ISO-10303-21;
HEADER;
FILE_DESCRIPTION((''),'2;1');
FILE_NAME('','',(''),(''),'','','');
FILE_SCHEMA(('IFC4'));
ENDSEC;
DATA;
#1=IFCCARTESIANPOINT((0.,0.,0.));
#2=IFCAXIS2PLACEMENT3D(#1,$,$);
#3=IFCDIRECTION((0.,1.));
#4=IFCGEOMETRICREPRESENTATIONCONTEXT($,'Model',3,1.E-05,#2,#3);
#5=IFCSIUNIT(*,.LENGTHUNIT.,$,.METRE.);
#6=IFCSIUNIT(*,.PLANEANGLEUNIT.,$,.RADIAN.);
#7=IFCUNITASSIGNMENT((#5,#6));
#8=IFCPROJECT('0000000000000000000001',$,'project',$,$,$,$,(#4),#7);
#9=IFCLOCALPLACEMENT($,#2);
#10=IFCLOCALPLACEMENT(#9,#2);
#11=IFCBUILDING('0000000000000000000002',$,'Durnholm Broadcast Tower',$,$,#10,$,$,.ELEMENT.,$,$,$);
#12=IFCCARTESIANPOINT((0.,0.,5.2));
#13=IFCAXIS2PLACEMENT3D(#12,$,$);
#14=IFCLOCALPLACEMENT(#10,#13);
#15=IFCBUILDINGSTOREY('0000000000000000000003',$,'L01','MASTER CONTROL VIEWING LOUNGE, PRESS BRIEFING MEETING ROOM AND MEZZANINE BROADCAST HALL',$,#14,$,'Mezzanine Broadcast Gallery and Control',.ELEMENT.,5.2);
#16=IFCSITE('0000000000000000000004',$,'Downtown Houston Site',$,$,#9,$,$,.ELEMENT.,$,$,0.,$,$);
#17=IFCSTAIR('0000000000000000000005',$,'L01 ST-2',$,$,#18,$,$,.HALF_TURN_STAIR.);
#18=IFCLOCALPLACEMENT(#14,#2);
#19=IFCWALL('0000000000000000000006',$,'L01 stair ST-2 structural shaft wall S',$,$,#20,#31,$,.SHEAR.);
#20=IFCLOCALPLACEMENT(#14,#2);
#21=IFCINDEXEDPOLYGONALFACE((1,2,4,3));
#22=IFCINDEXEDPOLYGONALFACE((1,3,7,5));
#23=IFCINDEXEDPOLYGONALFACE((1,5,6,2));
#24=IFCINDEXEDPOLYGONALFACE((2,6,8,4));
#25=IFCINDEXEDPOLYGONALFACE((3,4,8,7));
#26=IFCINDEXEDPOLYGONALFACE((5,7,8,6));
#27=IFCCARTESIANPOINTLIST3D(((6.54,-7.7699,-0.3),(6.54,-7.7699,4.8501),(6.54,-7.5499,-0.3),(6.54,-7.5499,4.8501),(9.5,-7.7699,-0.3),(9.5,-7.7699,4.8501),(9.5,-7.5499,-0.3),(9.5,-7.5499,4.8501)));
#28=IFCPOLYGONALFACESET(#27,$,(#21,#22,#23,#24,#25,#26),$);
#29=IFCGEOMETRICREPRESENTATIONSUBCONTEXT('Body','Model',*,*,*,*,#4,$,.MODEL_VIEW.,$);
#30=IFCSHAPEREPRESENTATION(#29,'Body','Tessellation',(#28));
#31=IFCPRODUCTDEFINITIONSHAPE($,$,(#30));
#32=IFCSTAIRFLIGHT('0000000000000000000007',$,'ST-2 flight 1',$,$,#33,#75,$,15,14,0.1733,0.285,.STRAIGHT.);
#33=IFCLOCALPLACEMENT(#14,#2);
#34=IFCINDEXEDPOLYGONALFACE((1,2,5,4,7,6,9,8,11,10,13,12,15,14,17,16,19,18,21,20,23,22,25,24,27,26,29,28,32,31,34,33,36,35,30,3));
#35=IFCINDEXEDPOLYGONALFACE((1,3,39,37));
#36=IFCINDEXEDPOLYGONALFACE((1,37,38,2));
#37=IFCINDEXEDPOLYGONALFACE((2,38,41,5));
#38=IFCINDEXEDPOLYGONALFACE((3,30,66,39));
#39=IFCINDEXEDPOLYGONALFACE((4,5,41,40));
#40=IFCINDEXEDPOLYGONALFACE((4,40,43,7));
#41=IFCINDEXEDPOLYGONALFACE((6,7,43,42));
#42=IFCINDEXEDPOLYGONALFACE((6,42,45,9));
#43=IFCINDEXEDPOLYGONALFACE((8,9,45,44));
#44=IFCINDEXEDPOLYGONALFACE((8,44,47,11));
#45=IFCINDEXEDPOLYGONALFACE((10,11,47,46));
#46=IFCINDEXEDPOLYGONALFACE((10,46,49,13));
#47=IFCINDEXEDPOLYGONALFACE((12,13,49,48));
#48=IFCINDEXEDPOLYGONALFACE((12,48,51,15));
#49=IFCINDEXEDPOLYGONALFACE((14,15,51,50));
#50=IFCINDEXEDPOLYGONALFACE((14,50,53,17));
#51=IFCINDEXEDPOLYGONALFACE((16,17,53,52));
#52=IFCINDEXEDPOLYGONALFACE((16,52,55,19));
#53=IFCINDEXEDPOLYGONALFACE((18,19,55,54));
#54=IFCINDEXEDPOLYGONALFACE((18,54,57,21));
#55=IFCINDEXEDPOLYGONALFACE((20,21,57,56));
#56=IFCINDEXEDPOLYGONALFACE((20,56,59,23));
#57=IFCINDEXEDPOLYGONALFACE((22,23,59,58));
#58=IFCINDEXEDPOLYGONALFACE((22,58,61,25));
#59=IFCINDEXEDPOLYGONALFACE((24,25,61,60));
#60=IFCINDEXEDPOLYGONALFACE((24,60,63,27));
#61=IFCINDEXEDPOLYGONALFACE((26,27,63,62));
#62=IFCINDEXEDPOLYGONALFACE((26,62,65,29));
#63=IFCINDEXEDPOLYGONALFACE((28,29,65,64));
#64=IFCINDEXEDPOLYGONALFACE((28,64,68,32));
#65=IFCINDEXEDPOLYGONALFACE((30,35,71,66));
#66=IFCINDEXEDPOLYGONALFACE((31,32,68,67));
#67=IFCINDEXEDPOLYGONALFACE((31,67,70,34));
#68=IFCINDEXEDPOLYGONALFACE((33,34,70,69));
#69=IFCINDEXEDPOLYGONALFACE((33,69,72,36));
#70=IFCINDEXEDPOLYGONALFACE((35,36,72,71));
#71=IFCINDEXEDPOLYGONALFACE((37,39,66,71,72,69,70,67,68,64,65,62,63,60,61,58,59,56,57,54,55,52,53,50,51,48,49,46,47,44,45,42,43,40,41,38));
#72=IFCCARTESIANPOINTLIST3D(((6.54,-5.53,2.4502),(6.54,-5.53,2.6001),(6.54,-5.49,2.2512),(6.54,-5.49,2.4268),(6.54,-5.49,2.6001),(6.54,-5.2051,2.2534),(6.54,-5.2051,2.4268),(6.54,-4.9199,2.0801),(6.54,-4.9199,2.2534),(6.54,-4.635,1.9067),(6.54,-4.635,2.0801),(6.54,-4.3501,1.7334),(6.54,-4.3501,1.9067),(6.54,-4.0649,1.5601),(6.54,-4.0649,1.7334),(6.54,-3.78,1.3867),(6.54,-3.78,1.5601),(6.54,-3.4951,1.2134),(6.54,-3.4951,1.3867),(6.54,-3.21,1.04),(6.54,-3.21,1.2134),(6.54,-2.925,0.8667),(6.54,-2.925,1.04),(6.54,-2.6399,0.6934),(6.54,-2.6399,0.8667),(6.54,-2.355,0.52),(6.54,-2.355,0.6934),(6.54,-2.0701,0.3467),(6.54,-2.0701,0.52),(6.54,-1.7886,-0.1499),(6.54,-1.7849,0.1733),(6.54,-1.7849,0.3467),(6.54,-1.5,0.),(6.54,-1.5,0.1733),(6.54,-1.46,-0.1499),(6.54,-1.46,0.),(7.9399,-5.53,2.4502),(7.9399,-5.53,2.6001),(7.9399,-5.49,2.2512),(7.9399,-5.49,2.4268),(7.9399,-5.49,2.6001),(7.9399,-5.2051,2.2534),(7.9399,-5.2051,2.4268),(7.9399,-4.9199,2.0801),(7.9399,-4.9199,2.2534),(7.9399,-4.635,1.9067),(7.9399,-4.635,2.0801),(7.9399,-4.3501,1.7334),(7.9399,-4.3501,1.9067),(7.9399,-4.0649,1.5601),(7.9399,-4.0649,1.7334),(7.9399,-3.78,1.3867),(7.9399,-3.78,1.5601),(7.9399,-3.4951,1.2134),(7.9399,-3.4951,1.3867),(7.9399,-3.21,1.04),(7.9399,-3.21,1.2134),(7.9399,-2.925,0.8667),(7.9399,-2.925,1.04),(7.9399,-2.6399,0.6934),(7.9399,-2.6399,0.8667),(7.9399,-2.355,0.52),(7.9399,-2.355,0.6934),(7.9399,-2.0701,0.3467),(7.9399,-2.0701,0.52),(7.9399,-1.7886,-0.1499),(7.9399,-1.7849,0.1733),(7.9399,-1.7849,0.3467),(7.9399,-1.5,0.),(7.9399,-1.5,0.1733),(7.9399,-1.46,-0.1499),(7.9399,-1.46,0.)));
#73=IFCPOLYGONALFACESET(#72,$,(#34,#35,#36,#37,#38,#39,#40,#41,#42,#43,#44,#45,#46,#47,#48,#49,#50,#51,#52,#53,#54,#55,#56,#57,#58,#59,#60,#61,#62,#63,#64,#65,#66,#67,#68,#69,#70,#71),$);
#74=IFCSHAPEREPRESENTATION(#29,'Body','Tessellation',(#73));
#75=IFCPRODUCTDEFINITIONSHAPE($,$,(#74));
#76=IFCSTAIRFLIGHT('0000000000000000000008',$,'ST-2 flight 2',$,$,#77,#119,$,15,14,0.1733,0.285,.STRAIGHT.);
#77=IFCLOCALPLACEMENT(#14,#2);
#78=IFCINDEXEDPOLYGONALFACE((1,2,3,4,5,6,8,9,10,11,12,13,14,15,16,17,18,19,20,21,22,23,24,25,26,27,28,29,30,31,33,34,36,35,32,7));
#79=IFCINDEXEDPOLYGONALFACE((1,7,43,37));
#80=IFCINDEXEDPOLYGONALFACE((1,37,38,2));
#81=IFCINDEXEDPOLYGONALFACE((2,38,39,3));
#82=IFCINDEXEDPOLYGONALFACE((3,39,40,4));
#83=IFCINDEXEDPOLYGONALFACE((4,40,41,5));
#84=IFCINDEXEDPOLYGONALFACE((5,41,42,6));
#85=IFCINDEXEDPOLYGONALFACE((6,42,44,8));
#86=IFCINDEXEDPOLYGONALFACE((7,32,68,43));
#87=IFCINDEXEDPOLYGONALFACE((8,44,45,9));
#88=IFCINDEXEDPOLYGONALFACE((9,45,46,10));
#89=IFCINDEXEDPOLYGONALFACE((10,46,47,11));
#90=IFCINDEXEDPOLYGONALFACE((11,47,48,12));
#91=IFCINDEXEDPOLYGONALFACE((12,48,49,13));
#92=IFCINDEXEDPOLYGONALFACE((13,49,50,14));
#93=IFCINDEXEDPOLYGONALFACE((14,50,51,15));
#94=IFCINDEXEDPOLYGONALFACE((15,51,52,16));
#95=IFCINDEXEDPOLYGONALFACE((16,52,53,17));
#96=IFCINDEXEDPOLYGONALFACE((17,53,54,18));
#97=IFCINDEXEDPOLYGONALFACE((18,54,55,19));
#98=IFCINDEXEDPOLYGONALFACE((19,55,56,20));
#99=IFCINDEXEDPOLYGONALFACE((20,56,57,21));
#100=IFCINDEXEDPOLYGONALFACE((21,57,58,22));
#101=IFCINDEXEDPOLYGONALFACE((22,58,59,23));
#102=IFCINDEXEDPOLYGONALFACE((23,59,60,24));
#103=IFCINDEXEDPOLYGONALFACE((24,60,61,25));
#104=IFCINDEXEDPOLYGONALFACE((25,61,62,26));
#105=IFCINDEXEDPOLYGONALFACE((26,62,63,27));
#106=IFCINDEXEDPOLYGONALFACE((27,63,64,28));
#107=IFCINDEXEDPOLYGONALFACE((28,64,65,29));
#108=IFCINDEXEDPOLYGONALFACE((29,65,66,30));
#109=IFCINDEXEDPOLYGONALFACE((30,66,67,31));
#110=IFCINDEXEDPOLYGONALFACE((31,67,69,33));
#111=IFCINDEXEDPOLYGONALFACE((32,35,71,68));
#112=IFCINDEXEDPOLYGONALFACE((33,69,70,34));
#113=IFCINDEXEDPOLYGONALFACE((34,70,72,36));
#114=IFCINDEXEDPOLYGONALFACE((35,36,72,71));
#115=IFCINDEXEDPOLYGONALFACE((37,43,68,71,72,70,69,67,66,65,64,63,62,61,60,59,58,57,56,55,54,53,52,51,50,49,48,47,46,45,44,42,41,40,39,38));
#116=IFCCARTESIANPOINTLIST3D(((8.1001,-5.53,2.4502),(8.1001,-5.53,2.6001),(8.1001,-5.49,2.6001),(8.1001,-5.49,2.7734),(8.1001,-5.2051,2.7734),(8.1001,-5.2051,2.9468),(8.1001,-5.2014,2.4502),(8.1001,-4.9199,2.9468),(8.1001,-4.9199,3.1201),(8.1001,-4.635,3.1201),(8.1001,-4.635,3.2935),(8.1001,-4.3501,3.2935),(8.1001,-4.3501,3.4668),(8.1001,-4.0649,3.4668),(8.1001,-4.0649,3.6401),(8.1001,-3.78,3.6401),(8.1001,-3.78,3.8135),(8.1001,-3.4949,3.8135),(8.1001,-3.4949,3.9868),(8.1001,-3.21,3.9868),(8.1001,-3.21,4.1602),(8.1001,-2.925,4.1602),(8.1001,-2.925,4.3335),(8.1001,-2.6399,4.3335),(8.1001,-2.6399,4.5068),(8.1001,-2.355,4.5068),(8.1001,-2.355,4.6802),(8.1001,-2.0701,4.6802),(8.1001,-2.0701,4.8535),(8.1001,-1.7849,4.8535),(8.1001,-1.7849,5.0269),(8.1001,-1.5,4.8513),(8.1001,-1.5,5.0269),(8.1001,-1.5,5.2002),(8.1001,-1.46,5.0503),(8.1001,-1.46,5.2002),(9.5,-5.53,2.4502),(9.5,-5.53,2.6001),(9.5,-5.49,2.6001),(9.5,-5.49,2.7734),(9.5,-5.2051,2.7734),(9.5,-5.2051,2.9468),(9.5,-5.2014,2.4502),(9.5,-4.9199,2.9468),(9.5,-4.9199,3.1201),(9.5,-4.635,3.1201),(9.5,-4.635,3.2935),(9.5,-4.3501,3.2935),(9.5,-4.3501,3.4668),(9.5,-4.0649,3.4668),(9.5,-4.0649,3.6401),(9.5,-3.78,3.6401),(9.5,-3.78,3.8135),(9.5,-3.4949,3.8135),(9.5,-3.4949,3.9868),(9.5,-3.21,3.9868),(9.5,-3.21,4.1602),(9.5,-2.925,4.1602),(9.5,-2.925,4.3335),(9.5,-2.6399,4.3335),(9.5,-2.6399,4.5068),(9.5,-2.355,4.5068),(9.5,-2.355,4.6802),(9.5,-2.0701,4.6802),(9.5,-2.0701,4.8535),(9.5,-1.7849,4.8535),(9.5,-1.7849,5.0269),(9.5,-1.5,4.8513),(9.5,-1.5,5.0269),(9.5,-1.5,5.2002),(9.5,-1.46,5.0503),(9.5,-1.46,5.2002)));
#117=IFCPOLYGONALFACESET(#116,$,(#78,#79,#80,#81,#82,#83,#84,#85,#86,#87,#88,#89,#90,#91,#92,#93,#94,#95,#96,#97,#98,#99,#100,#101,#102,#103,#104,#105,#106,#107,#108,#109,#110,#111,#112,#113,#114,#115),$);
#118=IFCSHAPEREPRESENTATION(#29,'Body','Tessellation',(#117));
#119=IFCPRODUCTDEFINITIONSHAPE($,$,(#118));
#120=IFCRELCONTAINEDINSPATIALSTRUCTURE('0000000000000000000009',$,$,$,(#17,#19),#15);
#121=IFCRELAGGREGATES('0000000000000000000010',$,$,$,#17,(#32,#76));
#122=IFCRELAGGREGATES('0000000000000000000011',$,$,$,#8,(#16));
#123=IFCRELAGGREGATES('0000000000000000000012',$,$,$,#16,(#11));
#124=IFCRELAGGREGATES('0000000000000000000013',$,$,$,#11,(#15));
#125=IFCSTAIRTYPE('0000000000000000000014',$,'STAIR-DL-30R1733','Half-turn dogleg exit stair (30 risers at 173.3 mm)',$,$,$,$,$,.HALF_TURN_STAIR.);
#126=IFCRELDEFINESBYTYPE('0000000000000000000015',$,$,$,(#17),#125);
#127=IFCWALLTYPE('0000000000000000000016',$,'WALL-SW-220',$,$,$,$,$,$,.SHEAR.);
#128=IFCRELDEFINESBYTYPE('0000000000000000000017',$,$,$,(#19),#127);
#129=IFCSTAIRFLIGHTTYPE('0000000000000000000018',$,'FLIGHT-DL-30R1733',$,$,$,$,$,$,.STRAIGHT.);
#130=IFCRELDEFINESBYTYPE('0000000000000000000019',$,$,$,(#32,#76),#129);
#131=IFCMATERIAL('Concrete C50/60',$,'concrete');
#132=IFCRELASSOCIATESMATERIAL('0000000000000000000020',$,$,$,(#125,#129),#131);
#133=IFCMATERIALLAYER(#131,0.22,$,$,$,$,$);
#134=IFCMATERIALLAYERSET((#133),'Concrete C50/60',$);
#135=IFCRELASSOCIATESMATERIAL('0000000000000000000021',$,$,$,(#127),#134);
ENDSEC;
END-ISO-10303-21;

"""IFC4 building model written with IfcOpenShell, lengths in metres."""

from ifc_helpers import new_model, si_unit, direction, frame, frame_2d, origin, place, context, subcontext, project, spatial, polyline, rectangle, outline, extrude, material, layer, layer_set, type_object, element, aggregate, save


model = new_model("IFC4")

# Units and contexts
model_context = context("Model", 3, precision=1e-05, world=origin(), true_north=direction((0.0, 1.0)))
body_context = subcontext(model_context, "Body", "Model", "MODEL_VIEW")
ifc_project = project(units=[si_unit("LENGTHUNIT", "METRE"), si_unit("PLANEANGLEUNIT", "RADIAN")], contexts=[model_context])

# Site, building, storey
site_placement = place(None, origin())
site = spatial("IfcSite", under=ifc_project, at=site_placement, Name="Downtown Houston Site", CompositionType="ELEMENT", RefElevation=0.0)
building_placement = place(site_placement, origin())
building = spatial("IfcBuilding", under=site, at=building_placement, Name="Durnholm Broadcast Tower", CompositionType="ELEMENT")
storey_placement = place(building_placement, frame((0.0, 0.0, 5.2)))
storey = spatial("IfcBuildingStorey", under=building, at=storey_placement, Name="L01", Description="MASTER CONTROL VIEWING LOUNGE, PRESS BRIEFING MEETING ROOM AND MEZZANINE BROADCAST HALL", LongName="Mezzanine Broadcast Gallery and Control", CompositionType="ELEMENT", Elevation=5.2)

# Shared definitions
ifc_material_1 = material(Name="Concrete C50/60", Category="concrete")

# Stair
stair_type = type_object("IfcStairType", Name="STAIR-DL-30R1733", Description="Half-turn dogleg exit stair (30 risers at 173.3 mm)", PredefinedType="HALF_TURN_STAIR", material=ifc_material_1)
stair_1_placement = place(storey_placement, origin())
stair_1 = element("IfcStair", 1, at=stair_1_placement, inside=storey, type_object=stair_type, Name="L01 ST-2", PredefinedType="HALF_TURN_STAIR")

# Wall
ifc_layer_1 = layer(ifc_material_1, 0.22)
ifc_layer_set_1 = layer_set([ifc_layer_1], Name="Concrete C50/60")
wall_type_1 = type_object("IfcWallType", Name="WALL-SW-220", PredefinedType="SHEAR", material=ifc_layer_set_1)
wall_1_placement = place(storey_placement, frame((6.54, -7.6599, -0.3), z_axis=(0.0, 0.0, 1.0), x_axis=(1.0, 0.0, 0.0)))
element("IfcWall", 2, at=wall_1_placement, inside=storey, type_object=wall_type_1, Name="L01 stair ST-2 structural shaft wall S", PredefinedType="SHEAR", context=body_context, shape_type="SweptSolid", body=[
    extrude(rectangle(XDim=2.96, YDim=0.22, at=frame_2d((1.48, 0.0))), origin(), (0.0, 0.0, 1.0), 5.1501),
])

# Stair flights
stair_flight_type = type_object("IfcStairFlightType", Name="FLIGHT-DL-30R1733", PredefinedType="STRAIGHT", material=ifc_material_1)
stair_flight_1_placement = place(storey_placement, frame((7.24, -1.5, 0.0), z_axis=(0.0, 0.0, 1.0), x_axis=(0.0, -1.0, 0.0)))
stair_flight_1 = element("IfcStairFlight", 3, at=stair_flight_1_placement, type_object=stair_flight_type, Name="ST-2 flight 1", NumberOfRisers=15, NumberOfTreads=14, PredefinedType="STRAIGHT", RiserHeight=0.1733, TreadLength=0.285, context=body_context, shape_type="SweptSolid", body=[
    extrude(outline(polyline([(-0.04, -0.1499), (-0.04, 0.0), (0.0, 0.0), (0.0, 0.1733), (0.2849, 0.1733), (0.2849, 0.3467), (0.5701, 0.3467), (0.5701, 0.52), (0.855, 0.52), (0.855, 0.6934), (1.1399, 0.6934), (1.1399, 0.8667), (1.425, 0.8667), (1.425, 1.04), (1.71, 1.04), (1.71, 1.2134), (1.9951, 1.2134), (1.9951, 1.3867), (2.28, 1.3867), (2.28, 1.5601), (2.5649, 1.5601), (2.5649, 1.7334), (2.8501, 1.7334), (2.8501, 1.9067), (3.135, 1.9067), (3.135, 2.0801), (3.4199, 2.0801), (3.4199, 2.2534), (3.7051, 2.2534), (3.7051, 2.4268), (3.99, 2.4268), (3.99, 2.6001), (4.03, 2.6001), (4.03, 2.4502), (3.99, 2.2512), (0.2886, -0.1499), (-0.04, -0.1499)])), frame((0.0, 0.7, 0.0), z_axis=(0.0, -1.0, 0.0), x_axis=(1.0, 0.0, 0.0)), (0.0, 0.0, 1.0), 1.3999),
])
stair_flight_2_placement = place(storey_placement, frame((8.8, -5.49, 2.6001), z_axis=(0.0, 0.0, 1.0), x_axis=(0.0, 1.0, 0.0)))
stair_flight_2 = element("IfcStairFlight", 4, at=stair_flight_2_placement, type_object=stair_flight_type, Name="ST-2 flight 2", NumberOfRisers=15, NumberOfTreads=14, PredefinedType="STRAIGHT", RiserHeight=0.1733, TreadLength=0.285, context=body_context, shape_type="SweptSolid", body=[
    extrude(outline(polyline([(-0.04, -0.1499), (-0.04, 0.0), (0.0, 0.0), (0.0, 0.1733), (0.2849, 0.1733), (0.2849, 0.3467), (0.5701, 0.3467), (0.5701, 0.52), (0.855, 0.52), (0.855, 0.6934), (1.1399, 0.6934), (1.1399, 0.8667), (1.425, 0.8667), (1.425, 1.04), (1.71, 1.04), (1.71, 1.2134), (1.9951, 1.2134), (1.9951, 1.3867), (2.28, 1.3867), (2.28, 1.5601), (2.5649, 1.5601), (2.5649, 1.7334), (2.8501, 1.7334), (2.8501, 1.9067), (3.135, 1.9067), (3.135, 2.0801), (3.4199, 2.0801), (3.4199, 2.2534), (3.7051, 2.2534), (3.7051, 2.4268), (3.99, 2.4268), (3.99, 2.6001), (4.03, 2.6001), (4.03, 2.4502), (3.99, 2.2512), (0.2886, -0.1499), (-0.04, -0.1499)])), frame((0.0, 0.7, 0.0), z_axis=(0.0, -1.0, 0.0), x_axis=(1.0, 0.0, 0.0)), (0.0, 0.0, 1.0), 1.3999),
])
aggregate(stair_1, [stair_flight_1, stair_flight_2])

save(model, "model.ifc")
